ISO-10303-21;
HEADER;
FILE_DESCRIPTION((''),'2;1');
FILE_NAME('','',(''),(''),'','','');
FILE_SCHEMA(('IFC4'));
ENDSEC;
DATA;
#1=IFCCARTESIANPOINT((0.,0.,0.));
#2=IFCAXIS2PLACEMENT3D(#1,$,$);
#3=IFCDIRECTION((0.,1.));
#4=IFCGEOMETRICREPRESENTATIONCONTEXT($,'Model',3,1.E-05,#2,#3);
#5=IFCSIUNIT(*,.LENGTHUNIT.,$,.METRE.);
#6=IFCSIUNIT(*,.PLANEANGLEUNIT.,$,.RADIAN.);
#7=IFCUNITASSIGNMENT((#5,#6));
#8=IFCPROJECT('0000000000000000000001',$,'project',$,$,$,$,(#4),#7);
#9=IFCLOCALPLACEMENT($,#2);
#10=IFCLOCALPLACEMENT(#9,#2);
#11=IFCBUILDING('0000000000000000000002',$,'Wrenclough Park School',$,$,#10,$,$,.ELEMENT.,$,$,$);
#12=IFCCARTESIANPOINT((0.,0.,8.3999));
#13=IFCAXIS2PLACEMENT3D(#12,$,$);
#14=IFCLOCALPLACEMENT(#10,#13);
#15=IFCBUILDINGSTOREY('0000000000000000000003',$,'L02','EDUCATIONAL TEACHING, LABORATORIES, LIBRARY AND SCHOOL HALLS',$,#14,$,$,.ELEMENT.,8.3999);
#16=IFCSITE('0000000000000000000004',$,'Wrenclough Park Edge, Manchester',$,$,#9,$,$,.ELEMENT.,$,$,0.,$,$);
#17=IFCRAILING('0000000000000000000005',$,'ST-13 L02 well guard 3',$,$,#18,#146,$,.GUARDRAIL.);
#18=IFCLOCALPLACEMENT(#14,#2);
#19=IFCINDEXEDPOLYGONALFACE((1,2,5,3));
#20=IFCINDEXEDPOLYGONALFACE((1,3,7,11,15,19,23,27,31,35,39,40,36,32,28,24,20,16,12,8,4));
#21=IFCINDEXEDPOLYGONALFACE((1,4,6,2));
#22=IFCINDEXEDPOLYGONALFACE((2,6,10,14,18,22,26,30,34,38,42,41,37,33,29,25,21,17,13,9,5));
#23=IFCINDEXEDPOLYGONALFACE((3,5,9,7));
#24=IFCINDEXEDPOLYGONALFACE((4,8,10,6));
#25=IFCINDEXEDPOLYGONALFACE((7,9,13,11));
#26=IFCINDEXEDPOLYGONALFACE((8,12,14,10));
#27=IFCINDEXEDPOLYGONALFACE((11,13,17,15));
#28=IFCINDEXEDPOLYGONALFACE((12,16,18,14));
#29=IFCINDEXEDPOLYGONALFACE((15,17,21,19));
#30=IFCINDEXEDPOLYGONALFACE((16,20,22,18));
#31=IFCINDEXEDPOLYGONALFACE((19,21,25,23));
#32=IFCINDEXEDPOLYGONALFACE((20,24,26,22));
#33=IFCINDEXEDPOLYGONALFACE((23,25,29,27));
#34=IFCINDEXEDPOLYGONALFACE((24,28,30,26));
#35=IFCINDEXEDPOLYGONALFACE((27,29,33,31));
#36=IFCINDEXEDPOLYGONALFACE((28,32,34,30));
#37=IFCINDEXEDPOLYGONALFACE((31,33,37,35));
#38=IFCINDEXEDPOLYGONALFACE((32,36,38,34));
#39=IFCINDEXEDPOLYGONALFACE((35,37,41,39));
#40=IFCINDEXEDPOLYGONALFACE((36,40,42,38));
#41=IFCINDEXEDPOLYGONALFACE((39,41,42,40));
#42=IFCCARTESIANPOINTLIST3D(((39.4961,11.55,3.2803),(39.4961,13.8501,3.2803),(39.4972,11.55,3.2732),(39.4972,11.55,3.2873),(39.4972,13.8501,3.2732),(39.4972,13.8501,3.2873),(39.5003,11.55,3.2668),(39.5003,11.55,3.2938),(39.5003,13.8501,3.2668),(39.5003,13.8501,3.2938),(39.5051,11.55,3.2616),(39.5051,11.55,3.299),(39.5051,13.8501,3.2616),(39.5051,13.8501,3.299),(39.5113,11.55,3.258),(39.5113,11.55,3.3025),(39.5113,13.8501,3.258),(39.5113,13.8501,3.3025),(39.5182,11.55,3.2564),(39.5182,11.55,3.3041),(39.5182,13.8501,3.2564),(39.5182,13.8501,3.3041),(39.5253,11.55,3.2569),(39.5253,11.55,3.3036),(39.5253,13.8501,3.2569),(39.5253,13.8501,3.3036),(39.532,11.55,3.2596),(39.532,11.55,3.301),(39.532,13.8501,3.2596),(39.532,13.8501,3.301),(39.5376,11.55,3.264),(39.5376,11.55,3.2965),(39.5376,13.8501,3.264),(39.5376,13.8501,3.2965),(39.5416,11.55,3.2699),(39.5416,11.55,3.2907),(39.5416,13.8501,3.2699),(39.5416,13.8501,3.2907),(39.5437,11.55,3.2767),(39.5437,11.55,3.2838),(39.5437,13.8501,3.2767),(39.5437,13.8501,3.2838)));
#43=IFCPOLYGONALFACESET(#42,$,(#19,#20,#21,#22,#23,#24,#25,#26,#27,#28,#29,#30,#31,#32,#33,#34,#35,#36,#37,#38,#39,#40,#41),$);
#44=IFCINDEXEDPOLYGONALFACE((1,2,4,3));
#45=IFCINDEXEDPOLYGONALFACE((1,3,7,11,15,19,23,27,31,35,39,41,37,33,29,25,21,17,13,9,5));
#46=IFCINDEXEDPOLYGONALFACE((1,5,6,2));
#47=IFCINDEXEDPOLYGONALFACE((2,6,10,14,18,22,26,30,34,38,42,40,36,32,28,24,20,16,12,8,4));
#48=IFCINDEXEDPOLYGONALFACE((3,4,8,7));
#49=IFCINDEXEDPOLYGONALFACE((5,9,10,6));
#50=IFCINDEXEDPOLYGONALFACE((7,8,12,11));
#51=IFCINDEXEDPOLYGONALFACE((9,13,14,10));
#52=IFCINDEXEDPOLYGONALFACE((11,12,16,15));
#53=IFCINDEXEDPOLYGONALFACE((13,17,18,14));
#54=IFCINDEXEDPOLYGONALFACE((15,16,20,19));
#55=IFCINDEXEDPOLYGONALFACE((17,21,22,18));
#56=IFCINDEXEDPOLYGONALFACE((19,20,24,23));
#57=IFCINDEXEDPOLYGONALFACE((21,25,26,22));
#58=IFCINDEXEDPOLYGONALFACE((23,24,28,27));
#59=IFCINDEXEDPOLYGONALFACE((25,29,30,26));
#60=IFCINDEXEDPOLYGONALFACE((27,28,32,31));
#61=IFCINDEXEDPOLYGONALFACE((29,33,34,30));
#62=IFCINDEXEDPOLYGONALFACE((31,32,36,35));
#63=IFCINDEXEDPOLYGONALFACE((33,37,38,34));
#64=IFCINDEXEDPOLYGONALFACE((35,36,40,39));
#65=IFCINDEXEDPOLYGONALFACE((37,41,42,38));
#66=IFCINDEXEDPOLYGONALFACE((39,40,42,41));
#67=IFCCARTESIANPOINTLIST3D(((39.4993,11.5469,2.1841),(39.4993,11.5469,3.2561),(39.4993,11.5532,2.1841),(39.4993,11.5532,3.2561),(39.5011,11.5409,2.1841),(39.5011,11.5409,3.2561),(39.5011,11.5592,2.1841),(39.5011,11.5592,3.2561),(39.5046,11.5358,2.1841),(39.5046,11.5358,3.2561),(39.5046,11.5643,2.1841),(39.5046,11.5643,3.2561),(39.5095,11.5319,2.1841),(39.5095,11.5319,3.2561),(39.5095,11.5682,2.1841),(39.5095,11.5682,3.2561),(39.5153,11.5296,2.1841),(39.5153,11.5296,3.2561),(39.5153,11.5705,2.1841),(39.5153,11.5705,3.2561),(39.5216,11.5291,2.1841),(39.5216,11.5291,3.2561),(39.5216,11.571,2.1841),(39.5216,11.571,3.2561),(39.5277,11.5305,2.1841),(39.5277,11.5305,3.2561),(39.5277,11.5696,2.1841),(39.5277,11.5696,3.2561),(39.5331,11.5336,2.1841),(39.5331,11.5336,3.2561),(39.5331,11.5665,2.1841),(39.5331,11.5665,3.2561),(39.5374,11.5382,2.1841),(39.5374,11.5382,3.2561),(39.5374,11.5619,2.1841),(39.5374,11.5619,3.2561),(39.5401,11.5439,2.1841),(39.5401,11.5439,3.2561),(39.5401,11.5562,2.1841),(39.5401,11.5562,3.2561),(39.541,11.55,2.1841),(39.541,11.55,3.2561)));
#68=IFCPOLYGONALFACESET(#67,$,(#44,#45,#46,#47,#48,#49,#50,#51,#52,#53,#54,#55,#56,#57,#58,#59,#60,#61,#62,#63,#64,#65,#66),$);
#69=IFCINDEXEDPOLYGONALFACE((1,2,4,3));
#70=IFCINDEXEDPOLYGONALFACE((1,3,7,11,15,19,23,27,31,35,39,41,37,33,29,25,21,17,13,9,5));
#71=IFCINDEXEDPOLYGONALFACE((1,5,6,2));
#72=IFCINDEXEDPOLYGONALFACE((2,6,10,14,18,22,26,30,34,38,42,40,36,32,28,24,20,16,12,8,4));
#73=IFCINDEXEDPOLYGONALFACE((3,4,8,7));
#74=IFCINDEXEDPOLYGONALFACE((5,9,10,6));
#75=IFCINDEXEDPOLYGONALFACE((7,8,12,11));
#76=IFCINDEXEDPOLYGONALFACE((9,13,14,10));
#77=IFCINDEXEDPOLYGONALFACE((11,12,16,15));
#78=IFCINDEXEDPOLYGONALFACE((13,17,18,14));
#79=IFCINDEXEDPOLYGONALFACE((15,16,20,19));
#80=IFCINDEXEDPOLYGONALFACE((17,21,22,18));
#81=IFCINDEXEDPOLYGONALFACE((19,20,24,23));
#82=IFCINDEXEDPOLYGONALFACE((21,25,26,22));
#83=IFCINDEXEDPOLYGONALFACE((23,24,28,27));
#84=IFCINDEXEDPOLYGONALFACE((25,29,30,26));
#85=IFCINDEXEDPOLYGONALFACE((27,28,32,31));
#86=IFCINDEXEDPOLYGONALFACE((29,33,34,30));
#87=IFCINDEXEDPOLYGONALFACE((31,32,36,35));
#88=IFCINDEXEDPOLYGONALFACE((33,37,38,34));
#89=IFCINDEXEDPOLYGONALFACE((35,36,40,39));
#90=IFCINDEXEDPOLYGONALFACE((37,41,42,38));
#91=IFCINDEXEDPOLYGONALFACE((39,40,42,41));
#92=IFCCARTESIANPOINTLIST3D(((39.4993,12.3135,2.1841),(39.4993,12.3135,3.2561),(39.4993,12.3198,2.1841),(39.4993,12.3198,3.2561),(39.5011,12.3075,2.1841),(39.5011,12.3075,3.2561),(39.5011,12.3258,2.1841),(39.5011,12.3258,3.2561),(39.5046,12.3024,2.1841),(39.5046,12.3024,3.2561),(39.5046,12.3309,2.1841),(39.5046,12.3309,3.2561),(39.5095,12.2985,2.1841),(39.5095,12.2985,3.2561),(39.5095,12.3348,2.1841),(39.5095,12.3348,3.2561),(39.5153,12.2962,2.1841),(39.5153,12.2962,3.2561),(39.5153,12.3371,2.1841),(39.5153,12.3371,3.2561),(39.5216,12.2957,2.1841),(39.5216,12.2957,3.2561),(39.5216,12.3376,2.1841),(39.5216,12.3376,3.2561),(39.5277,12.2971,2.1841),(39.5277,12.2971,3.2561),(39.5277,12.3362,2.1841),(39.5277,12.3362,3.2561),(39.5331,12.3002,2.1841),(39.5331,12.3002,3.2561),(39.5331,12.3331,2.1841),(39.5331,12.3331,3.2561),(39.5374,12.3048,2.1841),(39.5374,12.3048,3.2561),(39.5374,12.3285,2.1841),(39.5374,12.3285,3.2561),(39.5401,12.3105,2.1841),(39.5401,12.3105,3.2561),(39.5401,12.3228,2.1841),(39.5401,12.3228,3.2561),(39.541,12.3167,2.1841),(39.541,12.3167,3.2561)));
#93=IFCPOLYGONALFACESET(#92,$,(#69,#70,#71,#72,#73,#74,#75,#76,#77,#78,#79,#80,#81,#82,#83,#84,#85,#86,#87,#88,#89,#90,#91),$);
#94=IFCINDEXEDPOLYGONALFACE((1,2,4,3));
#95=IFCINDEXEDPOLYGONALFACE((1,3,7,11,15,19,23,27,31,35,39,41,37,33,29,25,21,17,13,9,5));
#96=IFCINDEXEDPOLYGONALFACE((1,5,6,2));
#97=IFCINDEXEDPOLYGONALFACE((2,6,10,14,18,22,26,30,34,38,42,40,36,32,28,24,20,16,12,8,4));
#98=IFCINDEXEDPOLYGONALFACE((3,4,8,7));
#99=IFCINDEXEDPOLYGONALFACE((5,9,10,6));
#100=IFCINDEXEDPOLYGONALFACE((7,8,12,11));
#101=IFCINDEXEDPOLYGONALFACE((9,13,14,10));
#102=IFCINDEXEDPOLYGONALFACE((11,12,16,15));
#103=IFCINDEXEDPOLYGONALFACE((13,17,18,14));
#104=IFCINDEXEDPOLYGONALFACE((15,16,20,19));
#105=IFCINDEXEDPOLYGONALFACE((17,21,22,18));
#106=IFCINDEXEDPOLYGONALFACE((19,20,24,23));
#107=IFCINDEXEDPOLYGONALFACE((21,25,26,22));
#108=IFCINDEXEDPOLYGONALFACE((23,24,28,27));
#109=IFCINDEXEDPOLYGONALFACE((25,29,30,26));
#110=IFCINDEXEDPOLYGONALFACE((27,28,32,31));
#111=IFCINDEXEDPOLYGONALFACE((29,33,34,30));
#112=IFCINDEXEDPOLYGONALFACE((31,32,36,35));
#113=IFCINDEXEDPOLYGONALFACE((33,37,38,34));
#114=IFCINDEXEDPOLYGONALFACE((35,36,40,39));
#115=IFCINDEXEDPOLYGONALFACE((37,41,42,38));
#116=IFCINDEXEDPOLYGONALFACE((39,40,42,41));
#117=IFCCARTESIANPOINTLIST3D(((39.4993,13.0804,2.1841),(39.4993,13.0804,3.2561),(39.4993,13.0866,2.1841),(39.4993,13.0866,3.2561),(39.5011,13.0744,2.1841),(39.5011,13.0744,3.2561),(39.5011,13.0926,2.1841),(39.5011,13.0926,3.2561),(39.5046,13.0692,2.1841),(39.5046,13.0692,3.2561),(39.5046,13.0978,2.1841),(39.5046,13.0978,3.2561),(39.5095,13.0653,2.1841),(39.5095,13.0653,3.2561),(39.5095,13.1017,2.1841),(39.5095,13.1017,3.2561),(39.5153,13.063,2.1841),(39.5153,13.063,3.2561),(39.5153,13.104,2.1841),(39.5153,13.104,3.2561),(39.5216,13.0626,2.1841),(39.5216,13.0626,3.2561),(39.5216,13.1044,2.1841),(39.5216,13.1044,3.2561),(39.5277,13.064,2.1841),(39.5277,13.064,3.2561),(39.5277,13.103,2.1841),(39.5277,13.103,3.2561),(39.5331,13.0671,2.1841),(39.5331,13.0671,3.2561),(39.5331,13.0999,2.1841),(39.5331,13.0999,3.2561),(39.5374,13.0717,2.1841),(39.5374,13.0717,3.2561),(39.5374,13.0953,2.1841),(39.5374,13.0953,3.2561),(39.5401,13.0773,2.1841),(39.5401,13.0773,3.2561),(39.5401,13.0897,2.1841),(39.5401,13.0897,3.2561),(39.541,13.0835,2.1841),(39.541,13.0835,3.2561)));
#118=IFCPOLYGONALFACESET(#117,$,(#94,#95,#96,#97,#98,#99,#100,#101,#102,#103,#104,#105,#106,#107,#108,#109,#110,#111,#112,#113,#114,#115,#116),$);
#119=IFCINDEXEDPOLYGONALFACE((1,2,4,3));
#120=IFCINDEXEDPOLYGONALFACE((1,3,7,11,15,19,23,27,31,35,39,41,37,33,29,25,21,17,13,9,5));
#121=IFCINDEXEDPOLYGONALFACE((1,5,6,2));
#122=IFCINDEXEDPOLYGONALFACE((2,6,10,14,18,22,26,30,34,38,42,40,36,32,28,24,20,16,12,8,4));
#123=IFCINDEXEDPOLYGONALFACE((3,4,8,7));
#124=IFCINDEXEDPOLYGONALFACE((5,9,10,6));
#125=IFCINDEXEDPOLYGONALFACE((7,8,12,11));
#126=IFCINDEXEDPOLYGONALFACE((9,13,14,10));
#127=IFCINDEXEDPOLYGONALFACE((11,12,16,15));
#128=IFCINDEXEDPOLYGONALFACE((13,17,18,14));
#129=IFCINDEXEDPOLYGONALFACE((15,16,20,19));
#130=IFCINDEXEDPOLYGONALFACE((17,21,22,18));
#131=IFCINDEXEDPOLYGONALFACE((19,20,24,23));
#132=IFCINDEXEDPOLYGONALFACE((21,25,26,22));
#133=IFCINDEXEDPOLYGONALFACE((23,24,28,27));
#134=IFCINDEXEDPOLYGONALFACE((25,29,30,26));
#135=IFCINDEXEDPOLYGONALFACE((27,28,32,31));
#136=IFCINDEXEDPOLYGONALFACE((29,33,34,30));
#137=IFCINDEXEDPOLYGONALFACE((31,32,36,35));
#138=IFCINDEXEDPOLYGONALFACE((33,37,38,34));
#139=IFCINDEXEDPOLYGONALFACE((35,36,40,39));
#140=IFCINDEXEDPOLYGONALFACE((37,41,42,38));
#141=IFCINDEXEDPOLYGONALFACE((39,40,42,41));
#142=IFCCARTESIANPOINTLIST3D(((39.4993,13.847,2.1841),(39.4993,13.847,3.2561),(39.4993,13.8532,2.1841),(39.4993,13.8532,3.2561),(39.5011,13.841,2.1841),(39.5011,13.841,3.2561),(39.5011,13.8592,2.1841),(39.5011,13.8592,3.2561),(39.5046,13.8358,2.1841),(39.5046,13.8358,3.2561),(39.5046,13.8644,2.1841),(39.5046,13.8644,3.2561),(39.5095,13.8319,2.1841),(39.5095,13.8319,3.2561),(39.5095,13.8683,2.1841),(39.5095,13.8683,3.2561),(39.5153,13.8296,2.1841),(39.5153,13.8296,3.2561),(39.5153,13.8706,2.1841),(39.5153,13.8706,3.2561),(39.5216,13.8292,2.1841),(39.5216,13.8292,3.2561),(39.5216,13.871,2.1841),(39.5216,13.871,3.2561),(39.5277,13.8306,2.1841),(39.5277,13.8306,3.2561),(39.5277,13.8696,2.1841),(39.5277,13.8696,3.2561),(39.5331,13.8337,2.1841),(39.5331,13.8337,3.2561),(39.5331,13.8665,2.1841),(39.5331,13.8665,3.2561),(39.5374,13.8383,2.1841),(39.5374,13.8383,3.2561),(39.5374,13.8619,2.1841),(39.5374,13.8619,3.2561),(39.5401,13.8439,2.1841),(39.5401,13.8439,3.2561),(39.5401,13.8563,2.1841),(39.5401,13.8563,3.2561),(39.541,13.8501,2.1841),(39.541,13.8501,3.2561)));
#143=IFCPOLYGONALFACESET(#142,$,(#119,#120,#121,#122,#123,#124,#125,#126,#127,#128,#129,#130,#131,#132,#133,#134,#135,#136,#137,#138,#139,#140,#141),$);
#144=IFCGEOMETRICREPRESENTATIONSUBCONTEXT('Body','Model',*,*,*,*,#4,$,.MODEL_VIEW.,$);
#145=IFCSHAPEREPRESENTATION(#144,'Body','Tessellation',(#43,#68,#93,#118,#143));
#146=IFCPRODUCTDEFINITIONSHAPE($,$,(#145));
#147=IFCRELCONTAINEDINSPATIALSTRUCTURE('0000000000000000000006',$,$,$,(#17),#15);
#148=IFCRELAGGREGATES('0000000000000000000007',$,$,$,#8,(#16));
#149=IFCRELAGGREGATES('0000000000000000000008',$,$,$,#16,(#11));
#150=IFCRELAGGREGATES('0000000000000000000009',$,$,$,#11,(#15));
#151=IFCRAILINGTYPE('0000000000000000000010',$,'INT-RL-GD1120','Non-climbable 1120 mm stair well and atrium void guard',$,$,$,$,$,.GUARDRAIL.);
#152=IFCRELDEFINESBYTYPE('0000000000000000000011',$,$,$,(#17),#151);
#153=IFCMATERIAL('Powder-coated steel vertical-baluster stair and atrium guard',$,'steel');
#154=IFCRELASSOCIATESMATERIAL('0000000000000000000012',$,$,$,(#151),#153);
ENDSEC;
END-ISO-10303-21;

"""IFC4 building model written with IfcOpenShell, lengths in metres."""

from ifc_helpers import new_model, si_unit, direction, frame, origin, origin_2d, place, context, subcontext, project, spatial, circle, extrude, material, type_object, element, save


model = new_model("IFC4")

# Units and contexts
model_context = context("Model", 3, precision=1e-05, world=origin(), true_north=direction((0.0, 1.0)))
body_context = subcontext(model_context, "Body", "Model", "MODEL_VIEW")
ifc_project = project(units=[si_unit("LENGTHUNIT", "METRE"), si_unit("PLANEANGLEUNIT", "RADIAN")], contexts=[model_context])

# Site, building, storey
site_placement = place(None, origin())
site = spatial("IfcSite", under=ifc_project, at=site_placement, Name="Wrenclough Park Edge, Manchester", CompositionType="ELEMENT", RefElevation=0.0)
building_placement = place(site_placement, origin())
building = spatial("IfcBuilding", under=site, at=building_placement, Name="Wrenclough Park School", CompositionType="ELEMENT")
storey_placement = place(building_placement, frame((0.0, 0.0, 8.3999)))
storey = spatial("IfcBuildingStorey", under=building, at=storey_placement, Name="L02", Description="EDUCATIONAL TEACHING, LABORATORIES, LIBRARY AND SCHOOL HALLS", CompositionType="ELEMENT", Elevation=8.3999)

# Railing
ifc_material_1 = material(Name="Powder-coated steel vertical-baluster stair and atrium guard", Category="steel")
railing_type_1 = type_object("IfcRailingType", Name="INT-RL-GD1120", Description="Non-climbable 1120 mm stair well and atrium void guard", PredefinedType="GUARDRAIL", material=ifc_material_1)
railing_1_placement = place(storey_placement, frame((39.52, 11.55, 2.1841)))
element("IfcRailing", 1, at=railing_1_placement, inside=storey, type_object=railing_type_1, Name="ST-13 L02 well guard 3", PredefinedType="GUARDRAIL", context=body_context, shape_type="SweptSolid", body=[
    extrude(circle(Radius=0.0239, at=origin_2d()), frame((0.0, 0.0, 1.0962), z_axis=(0.0, 1.0, 0.0), x_axis=(-1.0, 0.0, 0.0)), (0.0, 0.0, 1.0), 2.3),
    extrude(circle(Radius=0.021, at=origin_2d()), origin(), (0.0, 0.0, 1.0), 1.072),
    extrude(circle(Radius=0.021, at=origin_2d()), frame((0.0, 0.7666, 0.0)), (0.0, 0.0, 1.0), 1.072),
    extrude(circle(Radius=0.021, at=origin_2d()), frame((0.0, 1.5334, 0.0)), (0.0, 0.0, 1.0), 1.072),
    extrude(circle(Radius=0.021, at=origin_2d()), frame((0.0, 2.3, 0.0)), (0.0, 0.0, 1.0), 1.072),
])

save(model, "model.ifc")
